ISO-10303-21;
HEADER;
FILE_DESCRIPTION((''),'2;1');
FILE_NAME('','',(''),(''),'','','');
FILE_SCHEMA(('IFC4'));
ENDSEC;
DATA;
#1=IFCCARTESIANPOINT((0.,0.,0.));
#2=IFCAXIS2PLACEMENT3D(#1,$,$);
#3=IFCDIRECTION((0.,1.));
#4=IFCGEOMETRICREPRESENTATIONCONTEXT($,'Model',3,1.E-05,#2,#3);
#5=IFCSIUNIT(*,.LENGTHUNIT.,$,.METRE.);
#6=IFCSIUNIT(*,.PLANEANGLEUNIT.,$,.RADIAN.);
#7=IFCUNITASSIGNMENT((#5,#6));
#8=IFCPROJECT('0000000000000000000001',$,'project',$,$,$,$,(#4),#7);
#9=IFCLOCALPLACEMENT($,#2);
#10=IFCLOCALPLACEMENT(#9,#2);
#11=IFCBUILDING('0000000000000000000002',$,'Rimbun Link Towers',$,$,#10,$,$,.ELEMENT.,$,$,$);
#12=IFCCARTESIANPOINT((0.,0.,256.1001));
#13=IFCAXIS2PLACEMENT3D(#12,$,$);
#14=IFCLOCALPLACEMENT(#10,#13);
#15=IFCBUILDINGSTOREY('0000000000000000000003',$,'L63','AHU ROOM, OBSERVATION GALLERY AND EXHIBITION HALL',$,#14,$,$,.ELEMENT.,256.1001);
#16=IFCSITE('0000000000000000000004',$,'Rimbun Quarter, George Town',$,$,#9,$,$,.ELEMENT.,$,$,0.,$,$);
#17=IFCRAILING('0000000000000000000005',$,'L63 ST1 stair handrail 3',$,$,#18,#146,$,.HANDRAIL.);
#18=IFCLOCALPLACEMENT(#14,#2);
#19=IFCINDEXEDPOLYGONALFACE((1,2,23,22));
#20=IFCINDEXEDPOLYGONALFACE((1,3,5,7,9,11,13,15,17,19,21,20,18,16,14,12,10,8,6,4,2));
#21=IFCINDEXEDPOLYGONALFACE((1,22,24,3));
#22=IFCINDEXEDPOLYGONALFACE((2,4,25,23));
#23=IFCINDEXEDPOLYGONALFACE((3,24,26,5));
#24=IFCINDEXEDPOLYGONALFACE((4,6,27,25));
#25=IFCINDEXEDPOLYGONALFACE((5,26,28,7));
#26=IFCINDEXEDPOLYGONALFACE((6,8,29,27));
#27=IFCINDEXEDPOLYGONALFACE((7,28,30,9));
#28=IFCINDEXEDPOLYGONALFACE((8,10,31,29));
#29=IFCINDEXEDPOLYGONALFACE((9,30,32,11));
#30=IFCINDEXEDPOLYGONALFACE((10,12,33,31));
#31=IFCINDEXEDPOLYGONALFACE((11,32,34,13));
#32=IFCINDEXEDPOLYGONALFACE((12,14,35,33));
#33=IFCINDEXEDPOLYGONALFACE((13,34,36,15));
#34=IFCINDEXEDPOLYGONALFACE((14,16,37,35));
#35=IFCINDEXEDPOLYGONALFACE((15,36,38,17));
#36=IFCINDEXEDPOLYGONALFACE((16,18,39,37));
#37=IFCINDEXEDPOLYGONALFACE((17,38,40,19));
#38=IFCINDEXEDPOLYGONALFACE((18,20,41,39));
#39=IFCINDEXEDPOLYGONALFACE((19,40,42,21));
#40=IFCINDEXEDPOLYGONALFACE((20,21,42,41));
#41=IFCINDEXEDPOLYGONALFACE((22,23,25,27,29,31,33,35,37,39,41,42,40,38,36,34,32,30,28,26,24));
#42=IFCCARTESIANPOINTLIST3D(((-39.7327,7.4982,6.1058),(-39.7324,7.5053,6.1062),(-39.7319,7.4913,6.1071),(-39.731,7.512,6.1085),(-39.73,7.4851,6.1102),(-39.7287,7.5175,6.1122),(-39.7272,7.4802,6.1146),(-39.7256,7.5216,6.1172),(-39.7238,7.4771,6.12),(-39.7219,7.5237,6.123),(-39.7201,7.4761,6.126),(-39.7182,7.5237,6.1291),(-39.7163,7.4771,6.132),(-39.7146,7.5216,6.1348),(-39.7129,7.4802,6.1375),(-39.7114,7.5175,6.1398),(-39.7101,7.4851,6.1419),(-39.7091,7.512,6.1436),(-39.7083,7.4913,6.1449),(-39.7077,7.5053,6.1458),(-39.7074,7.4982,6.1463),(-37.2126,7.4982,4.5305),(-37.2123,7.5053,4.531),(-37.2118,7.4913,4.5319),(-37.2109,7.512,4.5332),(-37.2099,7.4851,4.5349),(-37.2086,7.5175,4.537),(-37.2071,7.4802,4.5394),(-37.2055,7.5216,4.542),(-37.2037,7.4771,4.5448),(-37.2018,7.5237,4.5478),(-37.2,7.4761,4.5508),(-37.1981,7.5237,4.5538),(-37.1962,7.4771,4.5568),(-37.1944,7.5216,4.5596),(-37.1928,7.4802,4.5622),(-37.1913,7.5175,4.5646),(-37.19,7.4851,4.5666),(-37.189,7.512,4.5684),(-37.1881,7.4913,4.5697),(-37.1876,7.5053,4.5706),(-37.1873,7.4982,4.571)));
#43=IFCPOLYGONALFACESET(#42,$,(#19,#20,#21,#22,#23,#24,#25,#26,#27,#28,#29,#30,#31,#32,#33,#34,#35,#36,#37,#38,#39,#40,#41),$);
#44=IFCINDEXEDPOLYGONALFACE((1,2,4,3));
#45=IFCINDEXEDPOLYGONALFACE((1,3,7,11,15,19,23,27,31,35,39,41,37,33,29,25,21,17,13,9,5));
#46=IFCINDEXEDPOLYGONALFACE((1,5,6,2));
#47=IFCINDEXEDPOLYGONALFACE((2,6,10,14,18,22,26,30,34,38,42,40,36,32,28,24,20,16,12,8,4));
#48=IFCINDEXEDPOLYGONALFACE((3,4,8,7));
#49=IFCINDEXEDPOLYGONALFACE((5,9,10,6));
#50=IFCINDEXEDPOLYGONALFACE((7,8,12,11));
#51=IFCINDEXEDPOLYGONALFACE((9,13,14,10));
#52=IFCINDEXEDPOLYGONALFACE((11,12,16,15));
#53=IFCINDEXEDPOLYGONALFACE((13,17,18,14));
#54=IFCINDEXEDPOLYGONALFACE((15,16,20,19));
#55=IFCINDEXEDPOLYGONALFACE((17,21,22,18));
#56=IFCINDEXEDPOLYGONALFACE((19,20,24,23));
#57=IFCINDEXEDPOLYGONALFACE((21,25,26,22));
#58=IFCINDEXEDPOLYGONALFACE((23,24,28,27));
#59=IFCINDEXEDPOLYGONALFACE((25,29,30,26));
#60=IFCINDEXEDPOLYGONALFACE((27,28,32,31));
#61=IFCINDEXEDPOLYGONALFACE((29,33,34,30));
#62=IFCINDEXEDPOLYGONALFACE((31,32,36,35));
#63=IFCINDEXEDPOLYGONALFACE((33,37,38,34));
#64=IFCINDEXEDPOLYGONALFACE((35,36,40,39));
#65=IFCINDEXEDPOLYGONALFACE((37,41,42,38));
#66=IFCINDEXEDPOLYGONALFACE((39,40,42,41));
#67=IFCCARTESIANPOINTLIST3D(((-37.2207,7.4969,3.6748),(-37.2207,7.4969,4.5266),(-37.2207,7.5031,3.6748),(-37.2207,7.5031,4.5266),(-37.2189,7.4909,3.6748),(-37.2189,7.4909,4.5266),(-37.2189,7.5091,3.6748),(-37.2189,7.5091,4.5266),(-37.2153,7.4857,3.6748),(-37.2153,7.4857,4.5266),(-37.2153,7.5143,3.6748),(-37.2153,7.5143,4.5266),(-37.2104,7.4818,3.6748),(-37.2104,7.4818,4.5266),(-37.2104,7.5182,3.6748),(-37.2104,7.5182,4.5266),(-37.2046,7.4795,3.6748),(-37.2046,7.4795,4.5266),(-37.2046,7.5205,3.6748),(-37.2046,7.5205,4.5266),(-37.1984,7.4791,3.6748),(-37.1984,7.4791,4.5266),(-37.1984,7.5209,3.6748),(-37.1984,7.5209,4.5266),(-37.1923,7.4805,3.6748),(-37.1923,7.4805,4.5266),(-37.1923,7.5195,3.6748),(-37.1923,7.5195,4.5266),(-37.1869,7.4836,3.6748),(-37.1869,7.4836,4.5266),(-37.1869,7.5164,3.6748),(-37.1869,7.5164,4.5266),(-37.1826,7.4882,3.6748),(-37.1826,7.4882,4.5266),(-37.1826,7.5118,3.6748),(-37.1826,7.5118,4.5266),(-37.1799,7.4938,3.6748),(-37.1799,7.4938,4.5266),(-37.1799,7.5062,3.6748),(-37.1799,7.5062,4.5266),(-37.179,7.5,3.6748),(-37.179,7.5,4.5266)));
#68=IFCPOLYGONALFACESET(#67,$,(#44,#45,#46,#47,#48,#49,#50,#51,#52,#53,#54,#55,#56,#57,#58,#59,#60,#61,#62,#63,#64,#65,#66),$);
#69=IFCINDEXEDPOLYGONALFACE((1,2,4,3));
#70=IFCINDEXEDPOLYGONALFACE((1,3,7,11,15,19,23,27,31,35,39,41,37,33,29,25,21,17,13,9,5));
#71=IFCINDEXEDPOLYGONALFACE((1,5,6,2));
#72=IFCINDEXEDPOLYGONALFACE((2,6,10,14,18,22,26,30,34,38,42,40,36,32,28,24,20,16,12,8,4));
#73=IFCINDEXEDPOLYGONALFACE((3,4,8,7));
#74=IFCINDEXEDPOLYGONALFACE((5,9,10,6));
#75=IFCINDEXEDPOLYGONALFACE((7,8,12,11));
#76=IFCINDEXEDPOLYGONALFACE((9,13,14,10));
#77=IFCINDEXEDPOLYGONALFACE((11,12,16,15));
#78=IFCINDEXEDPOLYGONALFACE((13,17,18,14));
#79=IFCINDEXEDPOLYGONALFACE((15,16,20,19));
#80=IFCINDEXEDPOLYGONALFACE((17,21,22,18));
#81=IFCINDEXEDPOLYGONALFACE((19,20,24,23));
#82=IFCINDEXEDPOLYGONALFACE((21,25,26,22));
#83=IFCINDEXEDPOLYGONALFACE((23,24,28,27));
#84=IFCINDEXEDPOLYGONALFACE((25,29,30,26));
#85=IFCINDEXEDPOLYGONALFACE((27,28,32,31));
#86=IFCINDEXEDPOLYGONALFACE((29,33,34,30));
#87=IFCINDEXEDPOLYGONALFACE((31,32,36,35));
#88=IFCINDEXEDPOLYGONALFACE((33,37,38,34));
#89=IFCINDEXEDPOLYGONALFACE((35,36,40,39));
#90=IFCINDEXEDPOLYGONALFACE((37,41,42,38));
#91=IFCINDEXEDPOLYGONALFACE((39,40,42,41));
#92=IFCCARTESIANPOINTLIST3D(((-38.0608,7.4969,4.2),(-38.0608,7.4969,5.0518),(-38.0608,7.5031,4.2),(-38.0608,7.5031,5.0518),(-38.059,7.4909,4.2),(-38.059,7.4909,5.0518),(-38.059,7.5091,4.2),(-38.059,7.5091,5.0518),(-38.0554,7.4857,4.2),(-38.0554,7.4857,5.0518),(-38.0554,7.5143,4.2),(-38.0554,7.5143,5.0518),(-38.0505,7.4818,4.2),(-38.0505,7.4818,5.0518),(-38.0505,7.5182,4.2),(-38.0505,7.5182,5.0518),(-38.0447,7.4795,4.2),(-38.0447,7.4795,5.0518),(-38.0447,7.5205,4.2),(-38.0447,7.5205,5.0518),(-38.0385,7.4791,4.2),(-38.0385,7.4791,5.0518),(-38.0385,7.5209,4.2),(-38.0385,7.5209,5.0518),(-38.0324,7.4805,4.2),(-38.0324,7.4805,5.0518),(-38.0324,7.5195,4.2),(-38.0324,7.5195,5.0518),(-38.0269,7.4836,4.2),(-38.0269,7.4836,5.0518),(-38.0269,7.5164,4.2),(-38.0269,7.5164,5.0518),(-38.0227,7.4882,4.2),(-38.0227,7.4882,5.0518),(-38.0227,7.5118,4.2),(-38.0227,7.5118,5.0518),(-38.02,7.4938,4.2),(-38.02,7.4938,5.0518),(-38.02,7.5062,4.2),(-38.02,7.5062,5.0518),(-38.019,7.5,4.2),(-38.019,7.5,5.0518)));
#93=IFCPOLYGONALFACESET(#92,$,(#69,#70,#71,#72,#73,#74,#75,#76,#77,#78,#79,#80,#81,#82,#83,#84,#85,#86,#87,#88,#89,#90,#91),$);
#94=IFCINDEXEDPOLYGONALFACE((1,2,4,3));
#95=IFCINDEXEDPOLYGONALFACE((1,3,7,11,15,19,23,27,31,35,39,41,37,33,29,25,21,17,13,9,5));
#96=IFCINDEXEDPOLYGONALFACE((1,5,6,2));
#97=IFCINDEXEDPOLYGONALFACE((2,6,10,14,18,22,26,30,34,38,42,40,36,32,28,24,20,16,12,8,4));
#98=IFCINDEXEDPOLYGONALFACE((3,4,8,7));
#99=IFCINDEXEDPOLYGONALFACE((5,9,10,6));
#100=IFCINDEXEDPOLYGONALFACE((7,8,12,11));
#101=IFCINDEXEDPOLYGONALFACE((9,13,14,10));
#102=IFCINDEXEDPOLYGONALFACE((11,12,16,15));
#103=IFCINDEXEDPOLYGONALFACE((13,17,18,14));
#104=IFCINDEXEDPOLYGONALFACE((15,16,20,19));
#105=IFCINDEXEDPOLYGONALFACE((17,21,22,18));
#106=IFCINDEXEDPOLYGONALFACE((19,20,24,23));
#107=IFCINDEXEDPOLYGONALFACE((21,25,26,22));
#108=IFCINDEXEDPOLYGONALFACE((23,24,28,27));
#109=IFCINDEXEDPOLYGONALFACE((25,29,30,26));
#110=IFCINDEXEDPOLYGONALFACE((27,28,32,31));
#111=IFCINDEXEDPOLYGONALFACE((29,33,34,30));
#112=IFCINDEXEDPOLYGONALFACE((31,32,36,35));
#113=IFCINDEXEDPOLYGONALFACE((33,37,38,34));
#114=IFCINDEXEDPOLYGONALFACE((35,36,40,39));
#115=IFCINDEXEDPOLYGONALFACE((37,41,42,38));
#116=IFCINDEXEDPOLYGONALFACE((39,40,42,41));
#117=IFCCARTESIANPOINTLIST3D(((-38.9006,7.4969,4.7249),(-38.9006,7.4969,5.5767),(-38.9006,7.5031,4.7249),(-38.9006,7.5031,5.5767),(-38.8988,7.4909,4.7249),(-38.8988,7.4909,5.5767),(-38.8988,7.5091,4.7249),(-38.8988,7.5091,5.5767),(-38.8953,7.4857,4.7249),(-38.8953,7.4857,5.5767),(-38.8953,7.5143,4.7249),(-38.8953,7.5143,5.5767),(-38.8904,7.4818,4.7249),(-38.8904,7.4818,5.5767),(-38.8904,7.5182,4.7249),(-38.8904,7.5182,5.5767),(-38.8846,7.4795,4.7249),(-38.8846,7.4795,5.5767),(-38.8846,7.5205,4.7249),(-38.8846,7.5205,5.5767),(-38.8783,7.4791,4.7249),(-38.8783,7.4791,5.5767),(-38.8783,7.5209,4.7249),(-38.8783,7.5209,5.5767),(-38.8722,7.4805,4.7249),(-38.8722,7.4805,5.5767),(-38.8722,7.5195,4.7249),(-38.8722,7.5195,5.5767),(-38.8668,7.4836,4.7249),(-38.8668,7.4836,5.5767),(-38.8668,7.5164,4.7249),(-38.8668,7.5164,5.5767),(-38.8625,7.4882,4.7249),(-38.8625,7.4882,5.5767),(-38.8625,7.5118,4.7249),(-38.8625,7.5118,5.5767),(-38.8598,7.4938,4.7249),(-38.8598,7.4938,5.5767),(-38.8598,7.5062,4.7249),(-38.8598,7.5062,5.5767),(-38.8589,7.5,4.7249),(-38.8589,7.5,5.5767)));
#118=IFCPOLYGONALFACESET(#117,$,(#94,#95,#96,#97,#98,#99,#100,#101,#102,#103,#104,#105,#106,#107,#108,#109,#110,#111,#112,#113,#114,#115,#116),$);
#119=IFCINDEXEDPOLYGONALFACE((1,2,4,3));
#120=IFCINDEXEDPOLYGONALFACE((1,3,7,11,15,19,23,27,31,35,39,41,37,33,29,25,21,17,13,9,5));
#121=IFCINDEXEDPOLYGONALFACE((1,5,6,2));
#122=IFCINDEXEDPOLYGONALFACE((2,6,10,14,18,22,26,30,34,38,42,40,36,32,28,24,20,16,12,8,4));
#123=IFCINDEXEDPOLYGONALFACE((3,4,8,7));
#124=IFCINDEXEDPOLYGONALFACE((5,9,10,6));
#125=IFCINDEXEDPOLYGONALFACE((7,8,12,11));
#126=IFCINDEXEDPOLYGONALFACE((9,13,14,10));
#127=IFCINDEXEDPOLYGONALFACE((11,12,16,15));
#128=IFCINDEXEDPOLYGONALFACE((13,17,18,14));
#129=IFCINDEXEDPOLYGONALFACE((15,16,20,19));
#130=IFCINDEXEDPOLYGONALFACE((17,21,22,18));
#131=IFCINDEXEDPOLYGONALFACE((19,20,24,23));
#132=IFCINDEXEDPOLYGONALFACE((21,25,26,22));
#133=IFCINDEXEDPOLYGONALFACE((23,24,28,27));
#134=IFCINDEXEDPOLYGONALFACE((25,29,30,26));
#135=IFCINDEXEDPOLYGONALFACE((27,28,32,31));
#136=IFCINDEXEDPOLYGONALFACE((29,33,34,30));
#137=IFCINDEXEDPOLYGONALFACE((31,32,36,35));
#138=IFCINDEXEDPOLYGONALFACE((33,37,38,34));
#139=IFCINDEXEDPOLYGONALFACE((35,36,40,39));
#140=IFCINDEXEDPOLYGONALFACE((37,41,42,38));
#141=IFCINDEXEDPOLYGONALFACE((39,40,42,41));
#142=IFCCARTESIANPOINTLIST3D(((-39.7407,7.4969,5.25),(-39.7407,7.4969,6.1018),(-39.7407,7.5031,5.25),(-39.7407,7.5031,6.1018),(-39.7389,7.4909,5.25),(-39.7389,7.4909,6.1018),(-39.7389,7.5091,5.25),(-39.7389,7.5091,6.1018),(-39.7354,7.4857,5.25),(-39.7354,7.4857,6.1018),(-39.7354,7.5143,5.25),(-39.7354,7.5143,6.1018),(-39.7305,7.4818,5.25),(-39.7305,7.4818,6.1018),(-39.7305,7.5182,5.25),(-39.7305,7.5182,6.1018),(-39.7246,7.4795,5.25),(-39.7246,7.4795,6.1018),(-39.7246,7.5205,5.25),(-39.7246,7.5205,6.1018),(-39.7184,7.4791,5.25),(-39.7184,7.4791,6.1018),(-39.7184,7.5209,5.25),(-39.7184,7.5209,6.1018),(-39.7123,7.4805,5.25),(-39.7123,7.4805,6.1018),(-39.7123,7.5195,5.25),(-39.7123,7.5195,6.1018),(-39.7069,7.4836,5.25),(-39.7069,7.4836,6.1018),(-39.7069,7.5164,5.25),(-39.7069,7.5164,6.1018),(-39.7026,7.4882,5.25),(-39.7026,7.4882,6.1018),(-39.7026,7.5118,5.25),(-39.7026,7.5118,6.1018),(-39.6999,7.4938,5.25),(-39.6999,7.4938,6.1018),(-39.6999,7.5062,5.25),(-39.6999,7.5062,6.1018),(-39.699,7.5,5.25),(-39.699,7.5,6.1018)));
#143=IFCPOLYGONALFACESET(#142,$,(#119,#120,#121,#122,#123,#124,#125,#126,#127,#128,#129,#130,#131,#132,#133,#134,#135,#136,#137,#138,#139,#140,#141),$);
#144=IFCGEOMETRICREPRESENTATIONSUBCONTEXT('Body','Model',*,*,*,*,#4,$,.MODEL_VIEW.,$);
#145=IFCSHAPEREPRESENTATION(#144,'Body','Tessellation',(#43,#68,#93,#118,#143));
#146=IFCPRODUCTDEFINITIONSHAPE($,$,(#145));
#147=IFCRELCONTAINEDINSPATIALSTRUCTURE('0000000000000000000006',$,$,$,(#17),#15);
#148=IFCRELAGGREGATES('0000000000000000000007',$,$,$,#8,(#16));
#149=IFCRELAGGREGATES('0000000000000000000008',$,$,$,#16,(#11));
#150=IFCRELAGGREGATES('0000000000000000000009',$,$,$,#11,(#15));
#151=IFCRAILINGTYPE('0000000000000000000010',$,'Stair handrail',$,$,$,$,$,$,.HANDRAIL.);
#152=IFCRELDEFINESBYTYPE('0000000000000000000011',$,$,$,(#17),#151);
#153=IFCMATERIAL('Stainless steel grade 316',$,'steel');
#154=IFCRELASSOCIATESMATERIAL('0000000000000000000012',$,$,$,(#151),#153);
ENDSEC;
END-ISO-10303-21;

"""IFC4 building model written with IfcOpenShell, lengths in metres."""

from ifc_helpers import new_model, si_unit, direction, frame, origin, origin_2d, place, context, subcontext, project, spatial, circle, extrude, material, type_object, element, save


model = new_model("IFC4")

# Units and contexts
model_context = context("Model", 3, precision=1e-05, world=origin(), true_north=direction((0.0, 1.0)))
body_context = subcontext(model_context, "Body", "Model", "MODEL_VIEW")
ifc_project = project(units=[si_unit("LENGTHUNIT", "METRE"), si_unit("PLANEANGLEUNIT", "RADIAN")], contexts=[model_context])

# Site, building, storey
site_placement = place(None, origin())
site = spatial("IfcSite", under=ifc_project, at=site_placement, Name="Rimbun Quarter, George Town", CompositionType="ELEMENT", RefElevation=0.0)
building_placement = place(site_placement, origin())
building = spatial("IfcBuilding", under=site, at=building_placement, Name="Rimbun Link Towers", CompositionType="ELEMENT")
storey_placement = place(building_placement, frame((0.0, 0.0, 256.1001)))
storey = spatial("IfcBuildingStorey", under=building, at=storey_placement, Name="L63", Description="AHU ROOM, OBSERVATION GALLERY AND EXHIBITION HALL", CompositionType="ELEMENT", Elevation=256.1001)

# Railing
ifc_material_1 = material(Name="Stainless steel grade 316", Category="steel")
railing_type_1 = type_object("IfcRailingType", Name="Stair handrail", PredefinedType="HANDRAIL", material=ifc_material_1)
railing_1_placement = place(storey_placement, frame((-37.2, 7.5, 3.6748)))
element("IfcRailing", 1, at=railing_1_placement, inside=storey, type_object=railing_type_1, Name="L63 ST1 stair handrail 3", PredefinedType="HANDRAIL", context=body_context, shape_type="SweptSolid", body=[
    extrude(circle(Radius=0.0239, at=origin_2d()), frame((0.0, 0.0, 0.876), z_axis=(-0.847971, 0.0, 0.530043), x_axis=(0.0, -1.0, 0.0)), (0.0, 0.0, 1.0), 2.9719),
    extrude(circle(Radius=0.021, at=origin_2d()), origin(), (0.0, 0.0, 1.0), 0.8518),
    extrude(circle(Radius=0.021, at=origin_2d()), frame((-0.8401, 0.0, 0.5251)), (0.0, 0.0, 1.0), 0.8518),
    extrude(circle(Radius=0.021, at=origin_2d()), frame((-1.6799, 0.0, 1.05)), (0.0, 0.0, 1.0), 0.8518),
    extrude(circle(Radius=0.021, at=origin_2d()), frame((-2.52, 0.0, 1.5752)), (0.0, 0.0, 1.0), 0.8518),
])

save(model, "model.ifc")
